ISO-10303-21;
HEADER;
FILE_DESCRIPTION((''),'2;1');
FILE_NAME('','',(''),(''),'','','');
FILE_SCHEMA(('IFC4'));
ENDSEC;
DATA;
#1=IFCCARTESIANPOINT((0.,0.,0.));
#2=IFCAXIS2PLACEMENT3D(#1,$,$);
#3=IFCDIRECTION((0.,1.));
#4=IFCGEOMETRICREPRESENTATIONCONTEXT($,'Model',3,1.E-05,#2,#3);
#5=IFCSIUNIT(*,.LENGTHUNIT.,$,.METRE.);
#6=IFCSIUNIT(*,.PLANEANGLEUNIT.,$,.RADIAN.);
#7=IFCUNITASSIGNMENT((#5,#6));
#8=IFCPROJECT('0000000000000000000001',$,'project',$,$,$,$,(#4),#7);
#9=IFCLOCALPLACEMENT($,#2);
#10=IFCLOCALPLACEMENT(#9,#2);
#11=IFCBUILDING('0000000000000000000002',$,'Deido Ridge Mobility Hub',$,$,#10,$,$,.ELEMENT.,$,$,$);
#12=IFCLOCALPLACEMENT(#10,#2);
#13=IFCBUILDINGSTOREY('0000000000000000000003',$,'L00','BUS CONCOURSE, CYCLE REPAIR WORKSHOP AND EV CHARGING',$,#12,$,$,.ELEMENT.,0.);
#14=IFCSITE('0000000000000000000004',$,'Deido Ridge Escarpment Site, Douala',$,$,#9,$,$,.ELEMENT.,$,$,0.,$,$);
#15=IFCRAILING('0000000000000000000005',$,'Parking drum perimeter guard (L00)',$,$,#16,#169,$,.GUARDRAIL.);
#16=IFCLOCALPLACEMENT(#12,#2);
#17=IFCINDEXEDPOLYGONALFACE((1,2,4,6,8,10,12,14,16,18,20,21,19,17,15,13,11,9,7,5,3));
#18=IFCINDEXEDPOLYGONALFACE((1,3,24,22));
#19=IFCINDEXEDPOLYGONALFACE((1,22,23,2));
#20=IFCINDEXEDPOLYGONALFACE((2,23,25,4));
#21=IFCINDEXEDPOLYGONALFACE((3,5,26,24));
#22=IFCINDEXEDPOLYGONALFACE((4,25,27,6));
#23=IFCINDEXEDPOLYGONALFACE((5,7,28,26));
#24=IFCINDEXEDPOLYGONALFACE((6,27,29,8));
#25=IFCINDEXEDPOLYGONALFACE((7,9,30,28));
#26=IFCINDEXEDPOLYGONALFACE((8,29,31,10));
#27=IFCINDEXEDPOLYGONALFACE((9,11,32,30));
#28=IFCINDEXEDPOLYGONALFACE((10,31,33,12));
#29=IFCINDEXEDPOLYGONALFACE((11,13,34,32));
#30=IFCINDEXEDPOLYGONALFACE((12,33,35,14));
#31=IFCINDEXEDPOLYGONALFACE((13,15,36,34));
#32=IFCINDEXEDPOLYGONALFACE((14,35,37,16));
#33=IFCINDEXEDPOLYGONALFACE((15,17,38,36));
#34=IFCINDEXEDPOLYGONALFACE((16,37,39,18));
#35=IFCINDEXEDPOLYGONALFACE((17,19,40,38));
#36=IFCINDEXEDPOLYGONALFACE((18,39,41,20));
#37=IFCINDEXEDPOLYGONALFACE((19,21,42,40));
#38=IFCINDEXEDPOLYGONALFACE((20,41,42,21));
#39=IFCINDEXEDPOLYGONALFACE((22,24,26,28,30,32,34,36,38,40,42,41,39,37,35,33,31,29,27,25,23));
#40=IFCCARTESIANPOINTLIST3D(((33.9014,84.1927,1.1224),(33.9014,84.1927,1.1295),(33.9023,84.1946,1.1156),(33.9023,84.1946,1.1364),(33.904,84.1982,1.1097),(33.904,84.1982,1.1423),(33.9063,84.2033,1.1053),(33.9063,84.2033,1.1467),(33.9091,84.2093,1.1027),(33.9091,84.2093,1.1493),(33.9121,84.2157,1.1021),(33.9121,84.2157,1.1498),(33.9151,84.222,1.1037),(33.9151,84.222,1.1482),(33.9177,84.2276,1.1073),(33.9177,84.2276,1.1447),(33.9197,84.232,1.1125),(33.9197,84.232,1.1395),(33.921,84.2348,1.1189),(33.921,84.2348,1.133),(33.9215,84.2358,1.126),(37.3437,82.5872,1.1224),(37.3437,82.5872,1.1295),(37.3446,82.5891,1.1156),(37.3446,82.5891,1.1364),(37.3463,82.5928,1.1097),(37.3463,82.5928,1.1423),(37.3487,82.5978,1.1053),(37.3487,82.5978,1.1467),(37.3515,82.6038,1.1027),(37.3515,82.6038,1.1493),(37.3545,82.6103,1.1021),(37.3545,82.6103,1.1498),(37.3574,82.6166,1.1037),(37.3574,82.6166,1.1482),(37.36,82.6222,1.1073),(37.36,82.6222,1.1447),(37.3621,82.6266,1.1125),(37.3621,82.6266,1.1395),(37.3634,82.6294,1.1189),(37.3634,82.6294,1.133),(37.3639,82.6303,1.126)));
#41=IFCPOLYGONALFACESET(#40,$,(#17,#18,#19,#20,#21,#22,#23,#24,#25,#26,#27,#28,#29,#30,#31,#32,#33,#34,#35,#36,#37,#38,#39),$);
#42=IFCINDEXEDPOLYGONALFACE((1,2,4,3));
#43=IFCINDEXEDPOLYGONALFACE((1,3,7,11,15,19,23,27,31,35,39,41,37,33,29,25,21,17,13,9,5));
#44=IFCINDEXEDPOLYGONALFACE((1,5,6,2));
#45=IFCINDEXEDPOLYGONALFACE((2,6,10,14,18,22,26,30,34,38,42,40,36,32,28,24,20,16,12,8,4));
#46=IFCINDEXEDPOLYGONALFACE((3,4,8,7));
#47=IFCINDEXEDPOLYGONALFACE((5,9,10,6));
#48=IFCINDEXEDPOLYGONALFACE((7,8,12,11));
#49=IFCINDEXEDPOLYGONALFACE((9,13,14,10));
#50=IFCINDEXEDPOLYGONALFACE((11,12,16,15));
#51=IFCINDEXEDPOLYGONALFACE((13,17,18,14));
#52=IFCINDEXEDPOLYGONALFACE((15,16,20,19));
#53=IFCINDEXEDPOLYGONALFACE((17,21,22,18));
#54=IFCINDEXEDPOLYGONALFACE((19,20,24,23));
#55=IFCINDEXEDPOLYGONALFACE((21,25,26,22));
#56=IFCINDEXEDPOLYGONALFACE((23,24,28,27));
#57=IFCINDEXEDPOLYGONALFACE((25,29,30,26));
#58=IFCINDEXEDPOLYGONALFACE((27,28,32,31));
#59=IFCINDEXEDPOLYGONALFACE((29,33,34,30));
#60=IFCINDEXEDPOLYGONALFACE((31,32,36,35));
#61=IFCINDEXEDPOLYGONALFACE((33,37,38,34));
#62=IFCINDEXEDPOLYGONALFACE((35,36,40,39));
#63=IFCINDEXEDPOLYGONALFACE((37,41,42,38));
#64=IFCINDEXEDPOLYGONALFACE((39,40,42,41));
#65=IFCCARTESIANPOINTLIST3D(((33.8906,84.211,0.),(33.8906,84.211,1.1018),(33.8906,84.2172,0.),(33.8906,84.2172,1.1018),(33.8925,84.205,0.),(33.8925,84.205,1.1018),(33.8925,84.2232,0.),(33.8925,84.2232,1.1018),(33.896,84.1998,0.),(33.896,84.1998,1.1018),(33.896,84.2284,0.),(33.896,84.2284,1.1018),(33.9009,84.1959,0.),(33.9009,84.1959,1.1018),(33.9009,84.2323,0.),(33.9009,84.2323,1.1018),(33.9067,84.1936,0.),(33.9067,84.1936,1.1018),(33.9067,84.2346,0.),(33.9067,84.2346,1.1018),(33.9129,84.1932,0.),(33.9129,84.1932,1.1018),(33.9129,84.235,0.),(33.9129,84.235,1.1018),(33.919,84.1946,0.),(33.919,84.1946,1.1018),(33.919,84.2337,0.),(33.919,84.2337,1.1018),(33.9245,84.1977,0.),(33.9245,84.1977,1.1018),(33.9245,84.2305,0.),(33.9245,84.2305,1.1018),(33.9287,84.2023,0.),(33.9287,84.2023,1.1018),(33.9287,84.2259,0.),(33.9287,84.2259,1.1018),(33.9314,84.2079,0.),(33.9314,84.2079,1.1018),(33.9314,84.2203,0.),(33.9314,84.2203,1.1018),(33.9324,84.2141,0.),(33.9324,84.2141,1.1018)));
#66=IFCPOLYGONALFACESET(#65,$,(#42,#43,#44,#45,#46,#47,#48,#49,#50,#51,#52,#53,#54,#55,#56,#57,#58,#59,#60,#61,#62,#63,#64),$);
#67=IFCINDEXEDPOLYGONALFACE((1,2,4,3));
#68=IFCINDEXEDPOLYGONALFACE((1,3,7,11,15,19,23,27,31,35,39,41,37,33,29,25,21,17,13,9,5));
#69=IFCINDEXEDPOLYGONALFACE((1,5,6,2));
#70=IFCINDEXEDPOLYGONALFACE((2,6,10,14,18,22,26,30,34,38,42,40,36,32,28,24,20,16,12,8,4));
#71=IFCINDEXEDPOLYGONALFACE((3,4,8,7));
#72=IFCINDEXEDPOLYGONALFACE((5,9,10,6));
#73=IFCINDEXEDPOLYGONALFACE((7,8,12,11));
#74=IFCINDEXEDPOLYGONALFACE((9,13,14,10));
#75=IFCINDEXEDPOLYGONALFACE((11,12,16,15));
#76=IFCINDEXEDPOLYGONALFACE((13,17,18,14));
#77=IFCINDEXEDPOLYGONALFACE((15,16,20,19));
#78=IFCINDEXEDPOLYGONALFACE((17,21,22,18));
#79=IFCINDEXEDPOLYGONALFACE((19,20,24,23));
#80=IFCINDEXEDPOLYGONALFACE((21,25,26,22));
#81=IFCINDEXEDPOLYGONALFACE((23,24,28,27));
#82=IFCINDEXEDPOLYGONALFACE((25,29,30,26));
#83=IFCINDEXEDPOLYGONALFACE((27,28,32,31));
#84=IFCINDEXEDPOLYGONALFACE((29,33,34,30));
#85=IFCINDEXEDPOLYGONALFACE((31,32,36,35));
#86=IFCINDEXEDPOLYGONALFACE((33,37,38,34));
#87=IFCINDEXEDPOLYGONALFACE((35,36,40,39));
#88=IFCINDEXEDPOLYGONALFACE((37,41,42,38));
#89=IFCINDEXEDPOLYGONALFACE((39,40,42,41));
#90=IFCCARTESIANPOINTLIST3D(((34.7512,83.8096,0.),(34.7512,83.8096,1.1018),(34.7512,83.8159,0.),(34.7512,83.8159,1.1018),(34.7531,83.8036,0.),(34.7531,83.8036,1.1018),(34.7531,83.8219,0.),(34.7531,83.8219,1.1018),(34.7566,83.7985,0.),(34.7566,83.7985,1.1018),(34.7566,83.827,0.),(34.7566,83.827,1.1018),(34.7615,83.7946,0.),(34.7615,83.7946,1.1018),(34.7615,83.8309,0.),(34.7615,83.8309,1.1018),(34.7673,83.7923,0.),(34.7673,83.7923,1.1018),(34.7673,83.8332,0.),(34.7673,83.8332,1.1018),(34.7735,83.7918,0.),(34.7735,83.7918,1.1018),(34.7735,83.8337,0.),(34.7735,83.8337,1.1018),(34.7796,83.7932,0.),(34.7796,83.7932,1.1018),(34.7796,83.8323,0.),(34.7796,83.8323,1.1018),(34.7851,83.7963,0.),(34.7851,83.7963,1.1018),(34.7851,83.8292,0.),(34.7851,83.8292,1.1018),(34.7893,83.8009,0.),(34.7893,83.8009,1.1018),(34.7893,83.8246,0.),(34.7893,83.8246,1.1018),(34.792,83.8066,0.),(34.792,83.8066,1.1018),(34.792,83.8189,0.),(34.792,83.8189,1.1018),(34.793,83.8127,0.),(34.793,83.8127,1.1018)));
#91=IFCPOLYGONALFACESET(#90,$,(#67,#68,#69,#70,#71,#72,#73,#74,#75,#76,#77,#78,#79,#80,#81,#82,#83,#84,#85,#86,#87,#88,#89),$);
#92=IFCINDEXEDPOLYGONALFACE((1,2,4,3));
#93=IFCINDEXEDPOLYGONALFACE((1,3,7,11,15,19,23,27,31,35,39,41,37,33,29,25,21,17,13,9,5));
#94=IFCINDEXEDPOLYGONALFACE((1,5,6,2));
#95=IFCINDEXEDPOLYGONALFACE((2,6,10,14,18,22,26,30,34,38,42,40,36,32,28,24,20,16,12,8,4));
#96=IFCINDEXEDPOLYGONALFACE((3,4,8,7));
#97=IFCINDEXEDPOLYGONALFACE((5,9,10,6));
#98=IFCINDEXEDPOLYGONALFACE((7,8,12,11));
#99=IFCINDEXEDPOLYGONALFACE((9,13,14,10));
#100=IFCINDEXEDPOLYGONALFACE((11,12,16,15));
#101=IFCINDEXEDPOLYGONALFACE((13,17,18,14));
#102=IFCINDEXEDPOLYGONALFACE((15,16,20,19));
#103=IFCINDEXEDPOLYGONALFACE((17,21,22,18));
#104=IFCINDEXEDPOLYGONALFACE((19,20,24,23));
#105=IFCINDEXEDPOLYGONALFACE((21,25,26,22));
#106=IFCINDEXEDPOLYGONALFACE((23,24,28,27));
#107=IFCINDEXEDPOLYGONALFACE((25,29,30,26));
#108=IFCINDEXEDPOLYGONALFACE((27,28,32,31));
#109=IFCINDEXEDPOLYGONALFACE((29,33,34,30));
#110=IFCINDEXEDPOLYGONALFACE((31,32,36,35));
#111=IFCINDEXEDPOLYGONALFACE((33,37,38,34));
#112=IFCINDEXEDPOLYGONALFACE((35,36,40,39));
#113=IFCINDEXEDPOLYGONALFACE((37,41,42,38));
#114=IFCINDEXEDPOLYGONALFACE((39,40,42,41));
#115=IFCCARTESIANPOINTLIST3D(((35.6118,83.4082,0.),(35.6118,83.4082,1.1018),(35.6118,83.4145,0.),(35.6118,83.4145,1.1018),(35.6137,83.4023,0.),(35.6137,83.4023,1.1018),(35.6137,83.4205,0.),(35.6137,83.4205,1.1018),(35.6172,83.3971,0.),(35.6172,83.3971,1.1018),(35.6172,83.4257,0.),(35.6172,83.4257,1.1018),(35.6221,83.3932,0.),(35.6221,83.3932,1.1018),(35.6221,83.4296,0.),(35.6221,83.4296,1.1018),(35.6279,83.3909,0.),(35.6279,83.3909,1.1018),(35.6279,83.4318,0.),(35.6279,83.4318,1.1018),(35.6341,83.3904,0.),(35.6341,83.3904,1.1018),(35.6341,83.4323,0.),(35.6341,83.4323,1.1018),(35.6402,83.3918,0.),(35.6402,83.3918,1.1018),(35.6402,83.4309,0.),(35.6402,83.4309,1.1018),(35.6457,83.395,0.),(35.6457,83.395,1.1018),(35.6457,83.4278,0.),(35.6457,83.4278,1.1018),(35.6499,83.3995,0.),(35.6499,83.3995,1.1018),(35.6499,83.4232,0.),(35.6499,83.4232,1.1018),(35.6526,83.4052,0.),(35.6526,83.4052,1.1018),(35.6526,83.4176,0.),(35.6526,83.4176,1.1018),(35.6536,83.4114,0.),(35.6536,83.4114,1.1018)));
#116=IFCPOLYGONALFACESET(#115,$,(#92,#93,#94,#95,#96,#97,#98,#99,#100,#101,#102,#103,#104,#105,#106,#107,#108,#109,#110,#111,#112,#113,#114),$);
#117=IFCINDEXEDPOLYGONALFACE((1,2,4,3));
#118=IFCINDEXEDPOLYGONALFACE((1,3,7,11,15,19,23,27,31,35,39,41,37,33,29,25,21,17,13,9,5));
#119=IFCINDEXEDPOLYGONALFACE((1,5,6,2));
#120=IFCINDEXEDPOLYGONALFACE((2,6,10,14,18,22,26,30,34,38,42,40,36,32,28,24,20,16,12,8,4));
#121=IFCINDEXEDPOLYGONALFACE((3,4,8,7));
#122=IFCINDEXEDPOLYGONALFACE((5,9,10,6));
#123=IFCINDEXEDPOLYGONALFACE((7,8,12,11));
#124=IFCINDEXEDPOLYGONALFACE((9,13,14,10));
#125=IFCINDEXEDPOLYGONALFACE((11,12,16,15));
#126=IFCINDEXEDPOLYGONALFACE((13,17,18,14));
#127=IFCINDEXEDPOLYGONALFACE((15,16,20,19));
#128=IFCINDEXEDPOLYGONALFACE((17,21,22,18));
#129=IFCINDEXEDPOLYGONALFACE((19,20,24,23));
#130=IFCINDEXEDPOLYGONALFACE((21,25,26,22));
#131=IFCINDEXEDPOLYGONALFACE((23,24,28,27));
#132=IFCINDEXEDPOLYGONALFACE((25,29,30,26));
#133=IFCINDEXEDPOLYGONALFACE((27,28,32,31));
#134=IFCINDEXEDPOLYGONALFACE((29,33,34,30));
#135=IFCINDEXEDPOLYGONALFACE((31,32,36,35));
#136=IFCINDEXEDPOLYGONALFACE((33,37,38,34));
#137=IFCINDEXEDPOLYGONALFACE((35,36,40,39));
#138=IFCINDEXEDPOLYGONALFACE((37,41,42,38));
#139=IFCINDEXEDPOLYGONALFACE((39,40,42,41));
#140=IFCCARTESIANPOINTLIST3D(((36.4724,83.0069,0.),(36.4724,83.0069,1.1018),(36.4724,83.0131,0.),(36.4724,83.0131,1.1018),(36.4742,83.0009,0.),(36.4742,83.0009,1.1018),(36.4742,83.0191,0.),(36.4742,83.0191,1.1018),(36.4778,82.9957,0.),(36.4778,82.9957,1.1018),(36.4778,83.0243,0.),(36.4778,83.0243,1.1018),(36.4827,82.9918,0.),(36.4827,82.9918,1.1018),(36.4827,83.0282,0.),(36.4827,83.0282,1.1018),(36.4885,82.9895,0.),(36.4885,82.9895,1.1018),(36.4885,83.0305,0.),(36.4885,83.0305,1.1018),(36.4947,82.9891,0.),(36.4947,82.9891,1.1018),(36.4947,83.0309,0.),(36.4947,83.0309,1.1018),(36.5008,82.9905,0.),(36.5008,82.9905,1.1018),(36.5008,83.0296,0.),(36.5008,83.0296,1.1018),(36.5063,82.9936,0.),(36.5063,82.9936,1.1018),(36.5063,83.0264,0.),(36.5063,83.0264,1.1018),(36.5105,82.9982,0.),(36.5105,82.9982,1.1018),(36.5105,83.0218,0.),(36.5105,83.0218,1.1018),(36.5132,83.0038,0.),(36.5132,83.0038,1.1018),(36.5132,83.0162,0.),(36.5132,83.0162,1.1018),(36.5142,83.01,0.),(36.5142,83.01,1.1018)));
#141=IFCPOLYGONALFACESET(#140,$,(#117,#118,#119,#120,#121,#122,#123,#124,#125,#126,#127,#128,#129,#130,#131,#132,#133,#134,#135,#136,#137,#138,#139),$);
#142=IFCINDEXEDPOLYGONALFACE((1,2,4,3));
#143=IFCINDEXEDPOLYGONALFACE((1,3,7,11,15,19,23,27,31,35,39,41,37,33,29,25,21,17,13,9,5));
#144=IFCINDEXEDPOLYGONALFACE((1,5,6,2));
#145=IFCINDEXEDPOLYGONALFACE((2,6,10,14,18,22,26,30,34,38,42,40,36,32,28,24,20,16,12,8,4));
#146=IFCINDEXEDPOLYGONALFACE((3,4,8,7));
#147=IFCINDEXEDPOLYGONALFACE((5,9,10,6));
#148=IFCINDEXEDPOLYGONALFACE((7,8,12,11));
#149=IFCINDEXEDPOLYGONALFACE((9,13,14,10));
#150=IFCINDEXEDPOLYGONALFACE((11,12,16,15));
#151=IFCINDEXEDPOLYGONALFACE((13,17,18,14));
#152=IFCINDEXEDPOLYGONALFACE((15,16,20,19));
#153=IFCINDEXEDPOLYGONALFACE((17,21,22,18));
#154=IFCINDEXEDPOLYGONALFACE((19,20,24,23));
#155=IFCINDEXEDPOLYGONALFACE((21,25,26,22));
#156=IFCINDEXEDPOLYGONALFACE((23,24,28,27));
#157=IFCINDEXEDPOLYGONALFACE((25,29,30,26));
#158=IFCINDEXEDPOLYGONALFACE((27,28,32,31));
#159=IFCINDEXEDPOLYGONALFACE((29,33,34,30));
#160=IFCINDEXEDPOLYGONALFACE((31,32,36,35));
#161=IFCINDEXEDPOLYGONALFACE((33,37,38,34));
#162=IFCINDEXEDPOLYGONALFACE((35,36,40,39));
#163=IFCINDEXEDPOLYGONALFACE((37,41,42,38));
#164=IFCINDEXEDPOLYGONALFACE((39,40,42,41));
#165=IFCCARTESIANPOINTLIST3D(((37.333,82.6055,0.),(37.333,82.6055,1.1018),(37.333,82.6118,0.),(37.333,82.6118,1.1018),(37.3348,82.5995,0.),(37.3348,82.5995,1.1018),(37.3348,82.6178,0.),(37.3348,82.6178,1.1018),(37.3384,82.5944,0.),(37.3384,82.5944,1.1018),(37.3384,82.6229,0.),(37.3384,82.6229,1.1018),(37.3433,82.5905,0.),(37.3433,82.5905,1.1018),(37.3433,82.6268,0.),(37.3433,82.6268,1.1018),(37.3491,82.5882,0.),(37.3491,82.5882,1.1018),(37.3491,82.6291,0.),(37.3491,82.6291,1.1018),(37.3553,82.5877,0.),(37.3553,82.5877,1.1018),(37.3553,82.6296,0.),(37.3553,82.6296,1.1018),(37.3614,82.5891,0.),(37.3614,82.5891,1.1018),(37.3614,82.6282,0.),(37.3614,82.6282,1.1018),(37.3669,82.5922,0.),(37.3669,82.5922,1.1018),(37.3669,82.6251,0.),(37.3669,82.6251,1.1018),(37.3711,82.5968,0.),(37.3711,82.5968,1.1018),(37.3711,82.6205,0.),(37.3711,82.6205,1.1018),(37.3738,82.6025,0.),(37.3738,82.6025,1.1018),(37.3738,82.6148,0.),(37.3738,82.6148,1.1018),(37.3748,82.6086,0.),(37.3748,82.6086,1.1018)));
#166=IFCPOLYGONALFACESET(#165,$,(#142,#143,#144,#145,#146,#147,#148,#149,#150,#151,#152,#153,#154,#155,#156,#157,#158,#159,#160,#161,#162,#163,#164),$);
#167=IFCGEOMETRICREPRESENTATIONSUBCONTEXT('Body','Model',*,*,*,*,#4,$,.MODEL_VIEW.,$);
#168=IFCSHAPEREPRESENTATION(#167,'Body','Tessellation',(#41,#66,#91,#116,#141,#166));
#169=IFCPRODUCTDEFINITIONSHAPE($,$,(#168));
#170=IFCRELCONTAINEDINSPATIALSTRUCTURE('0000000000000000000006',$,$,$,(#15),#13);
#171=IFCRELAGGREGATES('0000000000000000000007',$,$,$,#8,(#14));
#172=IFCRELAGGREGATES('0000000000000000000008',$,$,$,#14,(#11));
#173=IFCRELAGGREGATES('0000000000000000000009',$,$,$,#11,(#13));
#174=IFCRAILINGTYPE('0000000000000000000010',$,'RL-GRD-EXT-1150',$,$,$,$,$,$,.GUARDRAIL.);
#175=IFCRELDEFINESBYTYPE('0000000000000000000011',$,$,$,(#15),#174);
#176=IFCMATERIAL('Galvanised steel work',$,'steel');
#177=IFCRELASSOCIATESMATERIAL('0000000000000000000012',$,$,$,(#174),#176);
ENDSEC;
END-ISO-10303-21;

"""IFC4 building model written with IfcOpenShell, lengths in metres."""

from ifc_helpers import new_model, si_unit, direction, frame, origin, origin_2d, place, context, subcontext, project, spatial, circle, extrude, material, type_object, element, save


model = new_model("IFC4")

# Units and contexts
model_context = context("Model", 3, precision=1e-05, world=origin(), true_north=direction((0.0, 1.0)))
body_context = subcontext(model_context, "Body", "Model", "MODEL_VIEW")
ifc_project = project(units=[si_unit("LENGTHUNIT", "METRE"), si_unit("PLANEANGLEUNIT", "RADIAN")], contexts=[model_context])

# Site, building, storey
site_placement = place(None, origin())
site = spatial("IfcSite", under=ifc_project, at=site_placement, Name="Deido Ridge Escarpment Site, Douala", CompositionType="ELEMENT", RefElevation=0.0)
building_placement = place(site_placement, origin())
building = spatial("IfcBuilding", under=site, at=building_placement, Name="Deido Ridge Mobility Hub", CompositionType="ELEMENT")
storey_placement = place(building_placement, origin())
storey = spatial("IfcBuildingStorey", under=building, at=storey_placement, Name="L00", Description="BUS CONCOURSE, CYCLE REPAIR WORKSHOP AND EV CHARGING", CompositionType="ELEMENT", Elevation=0.0)

# Railing
ifc_material_1 = material(Name="Galvanised steel work", Category="steel")
railing_type = type_object("IfcRailingType", Name="RL-GRD-EXT-1150", PredefinedType="GUARDRAIL", material=ifc_material_1)
railing_1_placement = place(storey_placement, frame((33.9114, 84.2141, 0.0)))
element("IfcRailing", 1, at=railing_1_placement, inside=storey, type_object=railing_type, Name="Parking drum perimeter guard (L00)", PredefinedType="GUARDRAIL", context=body_context, shape_type="SweptSolid", body=[
    extrude(circle(Radius=0.0239, at=origin_2d()), frame((0.0, 0.0, 1.126), z_axis=(0.906282, -0.422674, 0.0), x_axis=(0.422674, 0.906282, 0.0)), (0.0, 0.0, 1.0), 3.7983),
    extrude(circle(Radius=0.021, at=origin_2d()), origin(), (0.0, 0.0, 1.0), 1.1018),
    extrude(circle(Radius=0.021, at=origin_2d()), frame((0.8606, -0.4014, 0.0)), (0.0, 0.0, 1.0), 1.1018),
    extrude(circle(Radius=0.021, at=origin_2d()), frame((1.7212, -0.8027, 0.0)), (0.0, 0.0, 1.0), 1.1018),
    extrude(circle(Radius=0.021, at=origin_2d()), frame((2.5818, -1.2041, 0.0)), (0.0, 0.0, 1.0), 1.1018),
    extrude(circle(Radius=0.021, at=origin_2d()), frame((3.4424, -1.6055, 0.0)), (0.0, 0.0, 1.0), 1.1018),
])

save(model, "model.ifc")
